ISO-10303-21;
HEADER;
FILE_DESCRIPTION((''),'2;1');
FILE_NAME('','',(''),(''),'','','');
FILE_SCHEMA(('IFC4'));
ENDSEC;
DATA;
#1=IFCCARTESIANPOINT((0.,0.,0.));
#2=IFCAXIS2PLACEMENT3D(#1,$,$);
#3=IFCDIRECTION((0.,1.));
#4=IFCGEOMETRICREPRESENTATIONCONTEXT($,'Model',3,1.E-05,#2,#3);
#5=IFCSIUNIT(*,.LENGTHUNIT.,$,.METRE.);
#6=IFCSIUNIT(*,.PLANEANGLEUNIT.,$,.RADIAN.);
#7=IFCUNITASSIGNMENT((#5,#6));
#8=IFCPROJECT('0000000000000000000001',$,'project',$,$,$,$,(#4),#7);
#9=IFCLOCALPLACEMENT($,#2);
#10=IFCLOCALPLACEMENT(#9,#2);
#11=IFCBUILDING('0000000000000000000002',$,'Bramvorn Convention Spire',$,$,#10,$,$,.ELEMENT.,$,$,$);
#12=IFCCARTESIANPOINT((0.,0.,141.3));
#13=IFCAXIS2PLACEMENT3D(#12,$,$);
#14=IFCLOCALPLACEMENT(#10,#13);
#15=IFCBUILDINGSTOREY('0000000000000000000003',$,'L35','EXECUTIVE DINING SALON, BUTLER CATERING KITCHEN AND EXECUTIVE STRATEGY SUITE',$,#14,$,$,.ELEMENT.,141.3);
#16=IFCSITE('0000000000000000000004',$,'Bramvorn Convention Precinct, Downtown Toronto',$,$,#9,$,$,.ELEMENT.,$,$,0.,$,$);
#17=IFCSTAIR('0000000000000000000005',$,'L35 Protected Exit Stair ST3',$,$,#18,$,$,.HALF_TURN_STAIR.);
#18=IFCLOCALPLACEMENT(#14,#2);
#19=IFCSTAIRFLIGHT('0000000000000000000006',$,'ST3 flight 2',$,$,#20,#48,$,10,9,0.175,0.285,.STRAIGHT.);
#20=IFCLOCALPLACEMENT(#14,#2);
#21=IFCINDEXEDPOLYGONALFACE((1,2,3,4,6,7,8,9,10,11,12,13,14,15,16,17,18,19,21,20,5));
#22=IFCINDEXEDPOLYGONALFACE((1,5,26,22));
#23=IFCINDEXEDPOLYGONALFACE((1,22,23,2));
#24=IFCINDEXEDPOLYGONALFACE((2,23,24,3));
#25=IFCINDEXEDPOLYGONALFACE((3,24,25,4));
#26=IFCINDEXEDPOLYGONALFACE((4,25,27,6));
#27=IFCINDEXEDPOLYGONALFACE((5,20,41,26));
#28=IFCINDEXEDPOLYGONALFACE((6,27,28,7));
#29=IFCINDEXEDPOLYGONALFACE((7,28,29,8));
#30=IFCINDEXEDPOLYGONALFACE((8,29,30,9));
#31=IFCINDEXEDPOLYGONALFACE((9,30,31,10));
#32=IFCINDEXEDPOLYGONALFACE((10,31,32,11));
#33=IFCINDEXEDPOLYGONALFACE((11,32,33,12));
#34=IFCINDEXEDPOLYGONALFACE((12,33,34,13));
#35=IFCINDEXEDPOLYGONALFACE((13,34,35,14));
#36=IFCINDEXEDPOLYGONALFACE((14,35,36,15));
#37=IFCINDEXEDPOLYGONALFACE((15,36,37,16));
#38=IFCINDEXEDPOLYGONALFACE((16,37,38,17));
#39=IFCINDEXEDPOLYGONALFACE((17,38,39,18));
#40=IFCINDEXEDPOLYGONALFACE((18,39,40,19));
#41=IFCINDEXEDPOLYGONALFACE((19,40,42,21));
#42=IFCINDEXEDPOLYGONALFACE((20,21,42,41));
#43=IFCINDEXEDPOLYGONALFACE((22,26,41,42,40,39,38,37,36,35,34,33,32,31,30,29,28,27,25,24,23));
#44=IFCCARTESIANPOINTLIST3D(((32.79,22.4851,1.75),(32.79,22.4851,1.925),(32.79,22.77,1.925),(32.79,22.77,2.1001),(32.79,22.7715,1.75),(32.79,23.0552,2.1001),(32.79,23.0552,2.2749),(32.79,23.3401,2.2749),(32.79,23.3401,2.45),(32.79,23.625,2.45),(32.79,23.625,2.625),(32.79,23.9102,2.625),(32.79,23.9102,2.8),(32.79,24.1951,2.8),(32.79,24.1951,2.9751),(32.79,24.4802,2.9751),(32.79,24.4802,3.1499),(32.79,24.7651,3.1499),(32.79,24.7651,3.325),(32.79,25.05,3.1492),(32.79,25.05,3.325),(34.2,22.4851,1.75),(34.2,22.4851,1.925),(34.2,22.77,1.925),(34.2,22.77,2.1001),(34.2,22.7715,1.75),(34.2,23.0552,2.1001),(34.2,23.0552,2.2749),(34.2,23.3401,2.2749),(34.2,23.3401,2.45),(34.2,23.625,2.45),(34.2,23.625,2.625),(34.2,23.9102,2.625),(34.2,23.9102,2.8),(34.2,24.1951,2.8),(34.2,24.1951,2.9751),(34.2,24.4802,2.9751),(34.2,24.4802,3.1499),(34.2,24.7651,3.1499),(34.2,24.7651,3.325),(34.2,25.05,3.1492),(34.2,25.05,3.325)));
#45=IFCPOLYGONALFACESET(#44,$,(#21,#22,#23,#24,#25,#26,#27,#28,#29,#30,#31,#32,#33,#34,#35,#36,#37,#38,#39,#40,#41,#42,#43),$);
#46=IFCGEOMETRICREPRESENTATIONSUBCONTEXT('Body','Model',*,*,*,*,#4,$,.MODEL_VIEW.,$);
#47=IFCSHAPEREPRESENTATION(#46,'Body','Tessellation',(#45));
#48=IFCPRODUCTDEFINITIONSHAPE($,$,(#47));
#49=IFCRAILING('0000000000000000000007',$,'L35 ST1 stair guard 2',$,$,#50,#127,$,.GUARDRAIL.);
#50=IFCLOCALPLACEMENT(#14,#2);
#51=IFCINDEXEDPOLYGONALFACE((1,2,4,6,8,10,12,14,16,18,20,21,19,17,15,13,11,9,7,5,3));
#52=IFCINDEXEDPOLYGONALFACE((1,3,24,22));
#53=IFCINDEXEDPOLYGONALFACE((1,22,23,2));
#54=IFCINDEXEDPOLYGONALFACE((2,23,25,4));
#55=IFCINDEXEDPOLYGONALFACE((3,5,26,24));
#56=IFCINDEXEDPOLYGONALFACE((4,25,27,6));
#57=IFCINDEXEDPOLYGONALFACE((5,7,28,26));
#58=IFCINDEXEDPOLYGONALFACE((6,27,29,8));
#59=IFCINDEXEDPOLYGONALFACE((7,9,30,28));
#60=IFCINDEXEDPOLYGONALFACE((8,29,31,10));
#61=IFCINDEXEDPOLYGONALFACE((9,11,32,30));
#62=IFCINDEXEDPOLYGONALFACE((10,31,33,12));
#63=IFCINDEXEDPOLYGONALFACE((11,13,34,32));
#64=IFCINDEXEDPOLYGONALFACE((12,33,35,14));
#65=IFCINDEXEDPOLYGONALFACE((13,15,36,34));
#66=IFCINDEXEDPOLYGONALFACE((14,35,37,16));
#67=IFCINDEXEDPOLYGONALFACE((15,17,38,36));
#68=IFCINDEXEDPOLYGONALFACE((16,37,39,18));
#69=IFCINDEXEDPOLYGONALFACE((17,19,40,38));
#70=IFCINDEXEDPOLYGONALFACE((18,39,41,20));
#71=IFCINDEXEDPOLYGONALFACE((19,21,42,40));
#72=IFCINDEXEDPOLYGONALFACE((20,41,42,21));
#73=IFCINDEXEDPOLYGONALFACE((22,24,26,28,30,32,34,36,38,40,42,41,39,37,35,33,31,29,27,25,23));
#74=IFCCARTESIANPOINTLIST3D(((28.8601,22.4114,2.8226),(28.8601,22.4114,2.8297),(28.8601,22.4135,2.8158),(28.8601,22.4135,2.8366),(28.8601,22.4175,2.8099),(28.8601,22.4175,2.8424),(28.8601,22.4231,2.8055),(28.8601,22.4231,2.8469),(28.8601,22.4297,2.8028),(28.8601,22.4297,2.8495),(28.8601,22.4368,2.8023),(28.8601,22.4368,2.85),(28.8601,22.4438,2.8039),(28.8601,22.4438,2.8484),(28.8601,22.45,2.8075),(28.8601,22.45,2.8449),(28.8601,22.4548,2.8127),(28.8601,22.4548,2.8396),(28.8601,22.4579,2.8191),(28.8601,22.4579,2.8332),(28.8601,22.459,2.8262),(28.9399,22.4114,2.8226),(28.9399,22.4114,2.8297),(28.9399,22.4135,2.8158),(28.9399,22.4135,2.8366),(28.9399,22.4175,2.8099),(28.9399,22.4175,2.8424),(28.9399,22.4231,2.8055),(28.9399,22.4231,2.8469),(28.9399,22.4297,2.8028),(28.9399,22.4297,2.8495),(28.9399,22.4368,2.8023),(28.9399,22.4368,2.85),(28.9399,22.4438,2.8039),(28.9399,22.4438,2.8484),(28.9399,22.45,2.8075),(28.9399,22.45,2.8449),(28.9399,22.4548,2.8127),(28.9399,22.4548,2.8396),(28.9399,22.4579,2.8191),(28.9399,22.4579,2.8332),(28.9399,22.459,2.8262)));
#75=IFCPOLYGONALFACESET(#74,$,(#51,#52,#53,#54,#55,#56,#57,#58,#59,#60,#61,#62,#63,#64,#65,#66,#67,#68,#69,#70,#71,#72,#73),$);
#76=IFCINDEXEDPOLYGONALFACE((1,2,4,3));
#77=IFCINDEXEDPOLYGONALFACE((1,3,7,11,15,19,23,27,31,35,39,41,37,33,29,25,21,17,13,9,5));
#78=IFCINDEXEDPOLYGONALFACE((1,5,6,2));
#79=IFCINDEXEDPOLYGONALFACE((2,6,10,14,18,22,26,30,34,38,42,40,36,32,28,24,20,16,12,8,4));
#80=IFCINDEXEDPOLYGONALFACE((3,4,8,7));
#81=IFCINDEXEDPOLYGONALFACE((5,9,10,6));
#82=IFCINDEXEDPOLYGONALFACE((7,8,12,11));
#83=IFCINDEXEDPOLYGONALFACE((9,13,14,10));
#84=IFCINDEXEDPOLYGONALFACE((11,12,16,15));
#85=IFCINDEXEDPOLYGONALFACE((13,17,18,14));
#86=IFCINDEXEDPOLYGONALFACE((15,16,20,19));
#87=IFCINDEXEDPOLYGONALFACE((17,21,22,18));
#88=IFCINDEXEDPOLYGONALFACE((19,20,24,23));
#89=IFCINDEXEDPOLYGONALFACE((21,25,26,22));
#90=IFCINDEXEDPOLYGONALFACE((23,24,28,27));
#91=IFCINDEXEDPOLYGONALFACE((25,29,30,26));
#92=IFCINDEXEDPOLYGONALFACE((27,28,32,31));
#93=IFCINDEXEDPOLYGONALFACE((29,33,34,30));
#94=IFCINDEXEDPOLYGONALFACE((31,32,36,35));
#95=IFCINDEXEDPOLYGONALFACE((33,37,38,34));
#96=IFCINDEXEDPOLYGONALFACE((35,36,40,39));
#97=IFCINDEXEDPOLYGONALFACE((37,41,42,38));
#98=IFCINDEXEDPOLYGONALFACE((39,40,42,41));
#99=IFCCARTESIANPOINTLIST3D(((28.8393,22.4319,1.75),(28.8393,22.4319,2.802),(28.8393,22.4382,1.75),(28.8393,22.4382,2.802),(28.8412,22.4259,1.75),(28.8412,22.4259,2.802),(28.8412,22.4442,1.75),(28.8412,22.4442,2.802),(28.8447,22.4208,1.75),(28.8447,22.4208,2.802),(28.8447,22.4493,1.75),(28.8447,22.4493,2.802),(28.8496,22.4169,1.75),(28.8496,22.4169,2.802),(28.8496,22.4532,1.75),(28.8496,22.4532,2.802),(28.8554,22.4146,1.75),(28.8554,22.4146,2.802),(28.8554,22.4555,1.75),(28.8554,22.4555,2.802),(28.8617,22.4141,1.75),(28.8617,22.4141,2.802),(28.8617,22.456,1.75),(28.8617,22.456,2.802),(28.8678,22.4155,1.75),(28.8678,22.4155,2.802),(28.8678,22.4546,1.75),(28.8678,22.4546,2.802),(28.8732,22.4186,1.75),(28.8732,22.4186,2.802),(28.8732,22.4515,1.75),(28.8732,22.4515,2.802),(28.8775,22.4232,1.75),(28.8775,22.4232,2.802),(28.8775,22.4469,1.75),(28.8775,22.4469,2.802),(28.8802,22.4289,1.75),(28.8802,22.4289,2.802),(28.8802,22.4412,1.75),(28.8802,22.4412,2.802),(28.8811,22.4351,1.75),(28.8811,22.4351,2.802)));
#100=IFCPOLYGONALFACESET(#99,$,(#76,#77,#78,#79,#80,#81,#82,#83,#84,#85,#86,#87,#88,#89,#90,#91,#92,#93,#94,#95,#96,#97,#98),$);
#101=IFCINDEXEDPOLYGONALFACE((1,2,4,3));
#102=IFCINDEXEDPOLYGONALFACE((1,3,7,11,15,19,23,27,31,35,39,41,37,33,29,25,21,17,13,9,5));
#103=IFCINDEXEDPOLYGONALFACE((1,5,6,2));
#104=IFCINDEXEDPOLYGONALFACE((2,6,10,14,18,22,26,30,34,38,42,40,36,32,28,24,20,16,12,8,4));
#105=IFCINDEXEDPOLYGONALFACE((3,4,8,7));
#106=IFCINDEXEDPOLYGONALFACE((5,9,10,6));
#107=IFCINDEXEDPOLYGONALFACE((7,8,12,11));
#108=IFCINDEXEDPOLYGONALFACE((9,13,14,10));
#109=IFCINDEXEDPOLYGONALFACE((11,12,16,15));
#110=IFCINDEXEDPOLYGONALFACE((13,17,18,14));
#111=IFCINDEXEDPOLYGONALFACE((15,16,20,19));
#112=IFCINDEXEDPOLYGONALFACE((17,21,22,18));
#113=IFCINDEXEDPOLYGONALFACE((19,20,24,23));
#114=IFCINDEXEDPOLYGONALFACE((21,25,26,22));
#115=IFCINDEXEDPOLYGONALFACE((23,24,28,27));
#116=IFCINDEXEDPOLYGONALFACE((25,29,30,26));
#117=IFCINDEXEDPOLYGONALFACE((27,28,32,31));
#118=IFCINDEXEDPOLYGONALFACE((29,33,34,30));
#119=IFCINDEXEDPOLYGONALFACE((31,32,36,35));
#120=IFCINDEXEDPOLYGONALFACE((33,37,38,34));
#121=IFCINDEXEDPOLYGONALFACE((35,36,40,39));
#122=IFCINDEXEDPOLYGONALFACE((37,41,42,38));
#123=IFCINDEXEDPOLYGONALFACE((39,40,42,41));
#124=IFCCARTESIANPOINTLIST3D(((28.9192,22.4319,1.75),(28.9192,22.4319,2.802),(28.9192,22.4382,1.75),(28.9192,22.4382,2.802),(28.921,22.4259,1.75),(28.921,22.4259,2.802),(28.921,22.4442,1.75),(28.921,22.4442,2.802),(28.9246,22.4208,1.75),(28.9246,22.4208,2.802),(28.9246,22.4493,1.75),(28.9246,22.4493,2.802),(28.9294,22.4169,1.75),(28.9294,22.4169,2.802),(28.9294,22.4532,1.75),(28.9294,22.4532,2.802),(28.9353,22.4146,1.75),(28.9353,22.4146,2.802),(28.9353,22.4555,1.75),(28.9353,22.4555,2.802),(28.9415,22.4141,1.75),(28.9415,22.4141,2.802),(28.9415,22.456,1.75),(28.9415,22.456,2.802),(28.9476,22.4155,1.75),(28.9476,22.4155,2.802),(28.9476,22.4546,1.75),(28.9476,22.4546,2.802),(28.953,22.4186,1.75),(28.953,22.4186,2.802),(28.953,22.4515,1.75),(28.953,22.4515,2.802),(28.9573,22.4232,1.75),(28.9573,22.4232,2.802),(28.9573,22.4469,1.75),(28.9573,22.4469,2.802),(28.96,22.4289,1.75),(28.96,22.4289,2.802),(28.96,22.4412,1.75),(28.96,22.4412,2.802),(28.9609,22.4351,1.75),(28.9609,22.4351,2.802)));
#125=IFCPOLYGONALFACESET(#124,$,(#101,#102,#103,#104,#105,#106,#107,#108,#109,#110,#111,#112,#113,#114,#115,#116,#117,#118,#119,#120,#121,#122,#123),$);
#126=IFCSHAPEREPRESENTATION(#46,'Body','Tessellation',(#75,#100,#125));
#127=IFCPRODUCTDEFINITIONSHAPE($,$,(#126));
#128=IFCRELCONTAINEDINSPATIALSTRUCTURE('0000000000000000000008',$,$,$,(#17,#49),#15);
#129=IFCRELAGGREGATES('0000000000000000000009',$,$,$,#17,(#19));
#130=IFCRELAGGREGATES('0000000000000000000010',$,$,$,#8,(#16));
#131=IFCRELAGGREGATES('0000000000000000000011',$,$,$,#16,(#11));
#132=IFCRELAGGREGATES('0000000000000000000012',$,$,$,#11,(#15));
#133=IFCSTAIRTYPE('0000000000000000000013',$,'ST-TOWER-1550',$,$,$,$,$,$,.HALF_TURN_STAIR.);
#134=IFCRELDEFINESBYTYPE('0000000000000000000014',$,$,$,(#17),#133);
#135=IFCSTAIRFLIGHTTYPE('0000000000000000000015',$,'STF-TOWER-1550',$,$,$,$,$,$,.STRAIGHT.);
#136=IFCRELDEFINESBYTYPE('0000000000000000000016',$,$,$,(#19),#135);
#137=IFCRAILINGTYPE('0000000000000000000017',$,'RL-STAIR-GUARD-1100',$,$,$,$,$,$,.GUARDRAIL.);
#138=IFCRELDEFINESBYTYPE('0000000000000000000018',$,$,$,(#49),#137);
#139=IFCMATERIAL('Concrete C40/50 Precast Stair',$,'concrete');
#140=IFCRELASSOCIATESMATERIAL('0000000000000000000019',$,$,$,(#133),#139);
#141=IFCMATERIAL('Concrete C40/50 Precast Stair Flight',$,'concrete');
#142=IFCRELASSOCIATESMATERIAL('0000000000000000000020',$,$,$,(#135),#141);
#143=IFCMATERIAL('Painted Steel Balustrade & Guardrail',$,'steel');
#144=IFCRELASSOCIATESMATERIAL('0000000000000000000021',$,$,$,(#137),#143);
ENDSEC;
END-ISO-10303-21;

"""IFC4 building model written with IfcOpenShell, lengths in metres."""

from ifc_helpers import new_model, si_unit, direction, frame, origin, origin_2d, place, context, subcontext, project, spatial, polyline, circle, outline, extrude, material, type_object, element, aggregate, save


model = new_model("IFC4")

# Units and contexts
model_context = context("Model", 3, precision=1e-05, world=origin(), true_north=direction((0.0, 1.0)))
body_context = subcontext(model_context, "Body", "Model", "MODEL_VIEW")
ifc_project = project(units=[si_unit("LENGTHUNIT", "METRE"), si_unit("PLANEANGLEUNIT", "RADIAN")], contexts=[model_context])

# Site, building, storey
site_placement = place(None, origin())
site = spatial("IfcSite", under=ifc_project, at=site_placement, Name="Bramvorn Convention Precinct, Downtown Toronto", CompositionType="ELEMENT", RefElevation=0.0)
building_placement = place(site_placement, origin())
building = spatial("IfcBuilding", under=site, at=building_placement, Name="Bramvorn Convention Spire", CompositionType="ELEMENT")
storey_placement = place(building_placement, frame((0.0, 0.0, 141.3)))
storey = spatial("IfcBuildingStorey", under=building, at=storey_placement, Name="L35", Description="EXECUTIVE DINING SALON, BUTLER CATERING KITCHEN AND EXECUTIVE STRATEGY SUITE", CompositionType="ELEMENT", Elevation=141.3)

# Shared definitions
ifc_material_1 = material(Name="Concrete C40/50 Precast Stair", Category="concrete")
stair_type = type_object("IfcStairType", Name="ST-TOWER-1550", PredefinedType="HALF_TURN_STAIR", material=ifc_material_1)
ifc_material_2 = material(Name="Concrete C40/50 Precast Stair Flight", Category="concrete")
stair_flight_type = type_object("IfcStairFlightType", Name="STF-TOWER-1550", PredefinedType="STRAIGHT", material=ifc_material_2)

# Stair, stair flight
stair_1_placement = place(storey_placement, origin())
stair_1 = element("IfcStair", 1, at=stair_1_placement, inside=storey, type_object=stair_type, Name="L35 Protected Exit Stair ST3", PredefinedType="HALF_TURN_STAIR")
stair_flight_1_placement = place(storey_placement, frame((33.4951, 22.4851, 1.75), z_axis=(0.0, 0.0, 1.0), x_axis=(0.0, 1.0, 0.0)))
stair_flight_1 = element("IfcStairFlight", 2, at=stair_flight_1_placement, type_object=stair_flight_type, Name="ST3 flight 2", NumberOfRisers=10, NumberOfTreads=9, PredefinedType="STRAIGHT", RiserHeight=0.175, TreadLength=0.285, context=body_context, shape_type="SweptSolid", body=[
    extrude(outline(polyline([(0.0, 0.0), (0.0, 0.175), (0.2849, 0.175), (0.2849, 0.3501), (0.5701, 0.3501), (0.5701, 0.5249), (0.855, 0.5249), (0.855, 0.7), (1.1399, 0.7), (1.1399, 0.875), (1.425, 0.875), (1.425, 1.05), (1.71, 1.05), (1.71, 1.2251), (1.9951, 1.2251), (1.9951, 1.3999), (2.28, 1.3999), (2.28, 1.575), (2.5649, 1.575), (2.5649, 1.75), (2.5649, 1.3992), (0.2864, 0.0), (0.0, 0.0)])), frame((0.0, 0.7051, 0.0), z_axis=(0.0, -1.0, 0.0), x_axis=(1.0, 0.0, 0.0)), (0.0, 0.0, 1.0), 1.4099),
])
aggregate(stair_1, [stair_flight_1])

# Railing
ifc_material_3 = material(Name="Painted Steel Balustrade & Guardrail", Category="steel")
railing_type_1 = type_object("IfcRailingType", Name="RL-STAIR-GUARD-1100", PredefinedType="GUARDRAIL", material=ifc_material_3)
railing_1_placement = place(storey_placement, frame((28.8601, 22.4351, 1.75)))
element("IfcRailing", 3, at=railing_1_placement, inside=storey, type_object=railing_type_1, Name="L35 ST1 stair guard 2", PredefinedType="GUARDRAIL", context=body_context, shape_type="SweptSolid", body=[
    extrude(circle(Radius=0.0239, at=origin_2d()), frame((0.0, 0.0, 1.0762), z_axis=(1.0, 0.0, 0.0), x_axis=(0.0, 1.0, 0.0)), (0.0, 0.0, 1.0), 0.0798),
    extrude(circle(Radius=0.021, at=origin_2d()), origin(), (0.0, 0.0, 1.0), 1.052),
    extrude(circle(Radius=0.021, at=origin_2d()), frame((0.0798, 0.0, 0.0)), (0.0, 0.0, 1.0), 1.052),
])

save(model, "model.ifc")
